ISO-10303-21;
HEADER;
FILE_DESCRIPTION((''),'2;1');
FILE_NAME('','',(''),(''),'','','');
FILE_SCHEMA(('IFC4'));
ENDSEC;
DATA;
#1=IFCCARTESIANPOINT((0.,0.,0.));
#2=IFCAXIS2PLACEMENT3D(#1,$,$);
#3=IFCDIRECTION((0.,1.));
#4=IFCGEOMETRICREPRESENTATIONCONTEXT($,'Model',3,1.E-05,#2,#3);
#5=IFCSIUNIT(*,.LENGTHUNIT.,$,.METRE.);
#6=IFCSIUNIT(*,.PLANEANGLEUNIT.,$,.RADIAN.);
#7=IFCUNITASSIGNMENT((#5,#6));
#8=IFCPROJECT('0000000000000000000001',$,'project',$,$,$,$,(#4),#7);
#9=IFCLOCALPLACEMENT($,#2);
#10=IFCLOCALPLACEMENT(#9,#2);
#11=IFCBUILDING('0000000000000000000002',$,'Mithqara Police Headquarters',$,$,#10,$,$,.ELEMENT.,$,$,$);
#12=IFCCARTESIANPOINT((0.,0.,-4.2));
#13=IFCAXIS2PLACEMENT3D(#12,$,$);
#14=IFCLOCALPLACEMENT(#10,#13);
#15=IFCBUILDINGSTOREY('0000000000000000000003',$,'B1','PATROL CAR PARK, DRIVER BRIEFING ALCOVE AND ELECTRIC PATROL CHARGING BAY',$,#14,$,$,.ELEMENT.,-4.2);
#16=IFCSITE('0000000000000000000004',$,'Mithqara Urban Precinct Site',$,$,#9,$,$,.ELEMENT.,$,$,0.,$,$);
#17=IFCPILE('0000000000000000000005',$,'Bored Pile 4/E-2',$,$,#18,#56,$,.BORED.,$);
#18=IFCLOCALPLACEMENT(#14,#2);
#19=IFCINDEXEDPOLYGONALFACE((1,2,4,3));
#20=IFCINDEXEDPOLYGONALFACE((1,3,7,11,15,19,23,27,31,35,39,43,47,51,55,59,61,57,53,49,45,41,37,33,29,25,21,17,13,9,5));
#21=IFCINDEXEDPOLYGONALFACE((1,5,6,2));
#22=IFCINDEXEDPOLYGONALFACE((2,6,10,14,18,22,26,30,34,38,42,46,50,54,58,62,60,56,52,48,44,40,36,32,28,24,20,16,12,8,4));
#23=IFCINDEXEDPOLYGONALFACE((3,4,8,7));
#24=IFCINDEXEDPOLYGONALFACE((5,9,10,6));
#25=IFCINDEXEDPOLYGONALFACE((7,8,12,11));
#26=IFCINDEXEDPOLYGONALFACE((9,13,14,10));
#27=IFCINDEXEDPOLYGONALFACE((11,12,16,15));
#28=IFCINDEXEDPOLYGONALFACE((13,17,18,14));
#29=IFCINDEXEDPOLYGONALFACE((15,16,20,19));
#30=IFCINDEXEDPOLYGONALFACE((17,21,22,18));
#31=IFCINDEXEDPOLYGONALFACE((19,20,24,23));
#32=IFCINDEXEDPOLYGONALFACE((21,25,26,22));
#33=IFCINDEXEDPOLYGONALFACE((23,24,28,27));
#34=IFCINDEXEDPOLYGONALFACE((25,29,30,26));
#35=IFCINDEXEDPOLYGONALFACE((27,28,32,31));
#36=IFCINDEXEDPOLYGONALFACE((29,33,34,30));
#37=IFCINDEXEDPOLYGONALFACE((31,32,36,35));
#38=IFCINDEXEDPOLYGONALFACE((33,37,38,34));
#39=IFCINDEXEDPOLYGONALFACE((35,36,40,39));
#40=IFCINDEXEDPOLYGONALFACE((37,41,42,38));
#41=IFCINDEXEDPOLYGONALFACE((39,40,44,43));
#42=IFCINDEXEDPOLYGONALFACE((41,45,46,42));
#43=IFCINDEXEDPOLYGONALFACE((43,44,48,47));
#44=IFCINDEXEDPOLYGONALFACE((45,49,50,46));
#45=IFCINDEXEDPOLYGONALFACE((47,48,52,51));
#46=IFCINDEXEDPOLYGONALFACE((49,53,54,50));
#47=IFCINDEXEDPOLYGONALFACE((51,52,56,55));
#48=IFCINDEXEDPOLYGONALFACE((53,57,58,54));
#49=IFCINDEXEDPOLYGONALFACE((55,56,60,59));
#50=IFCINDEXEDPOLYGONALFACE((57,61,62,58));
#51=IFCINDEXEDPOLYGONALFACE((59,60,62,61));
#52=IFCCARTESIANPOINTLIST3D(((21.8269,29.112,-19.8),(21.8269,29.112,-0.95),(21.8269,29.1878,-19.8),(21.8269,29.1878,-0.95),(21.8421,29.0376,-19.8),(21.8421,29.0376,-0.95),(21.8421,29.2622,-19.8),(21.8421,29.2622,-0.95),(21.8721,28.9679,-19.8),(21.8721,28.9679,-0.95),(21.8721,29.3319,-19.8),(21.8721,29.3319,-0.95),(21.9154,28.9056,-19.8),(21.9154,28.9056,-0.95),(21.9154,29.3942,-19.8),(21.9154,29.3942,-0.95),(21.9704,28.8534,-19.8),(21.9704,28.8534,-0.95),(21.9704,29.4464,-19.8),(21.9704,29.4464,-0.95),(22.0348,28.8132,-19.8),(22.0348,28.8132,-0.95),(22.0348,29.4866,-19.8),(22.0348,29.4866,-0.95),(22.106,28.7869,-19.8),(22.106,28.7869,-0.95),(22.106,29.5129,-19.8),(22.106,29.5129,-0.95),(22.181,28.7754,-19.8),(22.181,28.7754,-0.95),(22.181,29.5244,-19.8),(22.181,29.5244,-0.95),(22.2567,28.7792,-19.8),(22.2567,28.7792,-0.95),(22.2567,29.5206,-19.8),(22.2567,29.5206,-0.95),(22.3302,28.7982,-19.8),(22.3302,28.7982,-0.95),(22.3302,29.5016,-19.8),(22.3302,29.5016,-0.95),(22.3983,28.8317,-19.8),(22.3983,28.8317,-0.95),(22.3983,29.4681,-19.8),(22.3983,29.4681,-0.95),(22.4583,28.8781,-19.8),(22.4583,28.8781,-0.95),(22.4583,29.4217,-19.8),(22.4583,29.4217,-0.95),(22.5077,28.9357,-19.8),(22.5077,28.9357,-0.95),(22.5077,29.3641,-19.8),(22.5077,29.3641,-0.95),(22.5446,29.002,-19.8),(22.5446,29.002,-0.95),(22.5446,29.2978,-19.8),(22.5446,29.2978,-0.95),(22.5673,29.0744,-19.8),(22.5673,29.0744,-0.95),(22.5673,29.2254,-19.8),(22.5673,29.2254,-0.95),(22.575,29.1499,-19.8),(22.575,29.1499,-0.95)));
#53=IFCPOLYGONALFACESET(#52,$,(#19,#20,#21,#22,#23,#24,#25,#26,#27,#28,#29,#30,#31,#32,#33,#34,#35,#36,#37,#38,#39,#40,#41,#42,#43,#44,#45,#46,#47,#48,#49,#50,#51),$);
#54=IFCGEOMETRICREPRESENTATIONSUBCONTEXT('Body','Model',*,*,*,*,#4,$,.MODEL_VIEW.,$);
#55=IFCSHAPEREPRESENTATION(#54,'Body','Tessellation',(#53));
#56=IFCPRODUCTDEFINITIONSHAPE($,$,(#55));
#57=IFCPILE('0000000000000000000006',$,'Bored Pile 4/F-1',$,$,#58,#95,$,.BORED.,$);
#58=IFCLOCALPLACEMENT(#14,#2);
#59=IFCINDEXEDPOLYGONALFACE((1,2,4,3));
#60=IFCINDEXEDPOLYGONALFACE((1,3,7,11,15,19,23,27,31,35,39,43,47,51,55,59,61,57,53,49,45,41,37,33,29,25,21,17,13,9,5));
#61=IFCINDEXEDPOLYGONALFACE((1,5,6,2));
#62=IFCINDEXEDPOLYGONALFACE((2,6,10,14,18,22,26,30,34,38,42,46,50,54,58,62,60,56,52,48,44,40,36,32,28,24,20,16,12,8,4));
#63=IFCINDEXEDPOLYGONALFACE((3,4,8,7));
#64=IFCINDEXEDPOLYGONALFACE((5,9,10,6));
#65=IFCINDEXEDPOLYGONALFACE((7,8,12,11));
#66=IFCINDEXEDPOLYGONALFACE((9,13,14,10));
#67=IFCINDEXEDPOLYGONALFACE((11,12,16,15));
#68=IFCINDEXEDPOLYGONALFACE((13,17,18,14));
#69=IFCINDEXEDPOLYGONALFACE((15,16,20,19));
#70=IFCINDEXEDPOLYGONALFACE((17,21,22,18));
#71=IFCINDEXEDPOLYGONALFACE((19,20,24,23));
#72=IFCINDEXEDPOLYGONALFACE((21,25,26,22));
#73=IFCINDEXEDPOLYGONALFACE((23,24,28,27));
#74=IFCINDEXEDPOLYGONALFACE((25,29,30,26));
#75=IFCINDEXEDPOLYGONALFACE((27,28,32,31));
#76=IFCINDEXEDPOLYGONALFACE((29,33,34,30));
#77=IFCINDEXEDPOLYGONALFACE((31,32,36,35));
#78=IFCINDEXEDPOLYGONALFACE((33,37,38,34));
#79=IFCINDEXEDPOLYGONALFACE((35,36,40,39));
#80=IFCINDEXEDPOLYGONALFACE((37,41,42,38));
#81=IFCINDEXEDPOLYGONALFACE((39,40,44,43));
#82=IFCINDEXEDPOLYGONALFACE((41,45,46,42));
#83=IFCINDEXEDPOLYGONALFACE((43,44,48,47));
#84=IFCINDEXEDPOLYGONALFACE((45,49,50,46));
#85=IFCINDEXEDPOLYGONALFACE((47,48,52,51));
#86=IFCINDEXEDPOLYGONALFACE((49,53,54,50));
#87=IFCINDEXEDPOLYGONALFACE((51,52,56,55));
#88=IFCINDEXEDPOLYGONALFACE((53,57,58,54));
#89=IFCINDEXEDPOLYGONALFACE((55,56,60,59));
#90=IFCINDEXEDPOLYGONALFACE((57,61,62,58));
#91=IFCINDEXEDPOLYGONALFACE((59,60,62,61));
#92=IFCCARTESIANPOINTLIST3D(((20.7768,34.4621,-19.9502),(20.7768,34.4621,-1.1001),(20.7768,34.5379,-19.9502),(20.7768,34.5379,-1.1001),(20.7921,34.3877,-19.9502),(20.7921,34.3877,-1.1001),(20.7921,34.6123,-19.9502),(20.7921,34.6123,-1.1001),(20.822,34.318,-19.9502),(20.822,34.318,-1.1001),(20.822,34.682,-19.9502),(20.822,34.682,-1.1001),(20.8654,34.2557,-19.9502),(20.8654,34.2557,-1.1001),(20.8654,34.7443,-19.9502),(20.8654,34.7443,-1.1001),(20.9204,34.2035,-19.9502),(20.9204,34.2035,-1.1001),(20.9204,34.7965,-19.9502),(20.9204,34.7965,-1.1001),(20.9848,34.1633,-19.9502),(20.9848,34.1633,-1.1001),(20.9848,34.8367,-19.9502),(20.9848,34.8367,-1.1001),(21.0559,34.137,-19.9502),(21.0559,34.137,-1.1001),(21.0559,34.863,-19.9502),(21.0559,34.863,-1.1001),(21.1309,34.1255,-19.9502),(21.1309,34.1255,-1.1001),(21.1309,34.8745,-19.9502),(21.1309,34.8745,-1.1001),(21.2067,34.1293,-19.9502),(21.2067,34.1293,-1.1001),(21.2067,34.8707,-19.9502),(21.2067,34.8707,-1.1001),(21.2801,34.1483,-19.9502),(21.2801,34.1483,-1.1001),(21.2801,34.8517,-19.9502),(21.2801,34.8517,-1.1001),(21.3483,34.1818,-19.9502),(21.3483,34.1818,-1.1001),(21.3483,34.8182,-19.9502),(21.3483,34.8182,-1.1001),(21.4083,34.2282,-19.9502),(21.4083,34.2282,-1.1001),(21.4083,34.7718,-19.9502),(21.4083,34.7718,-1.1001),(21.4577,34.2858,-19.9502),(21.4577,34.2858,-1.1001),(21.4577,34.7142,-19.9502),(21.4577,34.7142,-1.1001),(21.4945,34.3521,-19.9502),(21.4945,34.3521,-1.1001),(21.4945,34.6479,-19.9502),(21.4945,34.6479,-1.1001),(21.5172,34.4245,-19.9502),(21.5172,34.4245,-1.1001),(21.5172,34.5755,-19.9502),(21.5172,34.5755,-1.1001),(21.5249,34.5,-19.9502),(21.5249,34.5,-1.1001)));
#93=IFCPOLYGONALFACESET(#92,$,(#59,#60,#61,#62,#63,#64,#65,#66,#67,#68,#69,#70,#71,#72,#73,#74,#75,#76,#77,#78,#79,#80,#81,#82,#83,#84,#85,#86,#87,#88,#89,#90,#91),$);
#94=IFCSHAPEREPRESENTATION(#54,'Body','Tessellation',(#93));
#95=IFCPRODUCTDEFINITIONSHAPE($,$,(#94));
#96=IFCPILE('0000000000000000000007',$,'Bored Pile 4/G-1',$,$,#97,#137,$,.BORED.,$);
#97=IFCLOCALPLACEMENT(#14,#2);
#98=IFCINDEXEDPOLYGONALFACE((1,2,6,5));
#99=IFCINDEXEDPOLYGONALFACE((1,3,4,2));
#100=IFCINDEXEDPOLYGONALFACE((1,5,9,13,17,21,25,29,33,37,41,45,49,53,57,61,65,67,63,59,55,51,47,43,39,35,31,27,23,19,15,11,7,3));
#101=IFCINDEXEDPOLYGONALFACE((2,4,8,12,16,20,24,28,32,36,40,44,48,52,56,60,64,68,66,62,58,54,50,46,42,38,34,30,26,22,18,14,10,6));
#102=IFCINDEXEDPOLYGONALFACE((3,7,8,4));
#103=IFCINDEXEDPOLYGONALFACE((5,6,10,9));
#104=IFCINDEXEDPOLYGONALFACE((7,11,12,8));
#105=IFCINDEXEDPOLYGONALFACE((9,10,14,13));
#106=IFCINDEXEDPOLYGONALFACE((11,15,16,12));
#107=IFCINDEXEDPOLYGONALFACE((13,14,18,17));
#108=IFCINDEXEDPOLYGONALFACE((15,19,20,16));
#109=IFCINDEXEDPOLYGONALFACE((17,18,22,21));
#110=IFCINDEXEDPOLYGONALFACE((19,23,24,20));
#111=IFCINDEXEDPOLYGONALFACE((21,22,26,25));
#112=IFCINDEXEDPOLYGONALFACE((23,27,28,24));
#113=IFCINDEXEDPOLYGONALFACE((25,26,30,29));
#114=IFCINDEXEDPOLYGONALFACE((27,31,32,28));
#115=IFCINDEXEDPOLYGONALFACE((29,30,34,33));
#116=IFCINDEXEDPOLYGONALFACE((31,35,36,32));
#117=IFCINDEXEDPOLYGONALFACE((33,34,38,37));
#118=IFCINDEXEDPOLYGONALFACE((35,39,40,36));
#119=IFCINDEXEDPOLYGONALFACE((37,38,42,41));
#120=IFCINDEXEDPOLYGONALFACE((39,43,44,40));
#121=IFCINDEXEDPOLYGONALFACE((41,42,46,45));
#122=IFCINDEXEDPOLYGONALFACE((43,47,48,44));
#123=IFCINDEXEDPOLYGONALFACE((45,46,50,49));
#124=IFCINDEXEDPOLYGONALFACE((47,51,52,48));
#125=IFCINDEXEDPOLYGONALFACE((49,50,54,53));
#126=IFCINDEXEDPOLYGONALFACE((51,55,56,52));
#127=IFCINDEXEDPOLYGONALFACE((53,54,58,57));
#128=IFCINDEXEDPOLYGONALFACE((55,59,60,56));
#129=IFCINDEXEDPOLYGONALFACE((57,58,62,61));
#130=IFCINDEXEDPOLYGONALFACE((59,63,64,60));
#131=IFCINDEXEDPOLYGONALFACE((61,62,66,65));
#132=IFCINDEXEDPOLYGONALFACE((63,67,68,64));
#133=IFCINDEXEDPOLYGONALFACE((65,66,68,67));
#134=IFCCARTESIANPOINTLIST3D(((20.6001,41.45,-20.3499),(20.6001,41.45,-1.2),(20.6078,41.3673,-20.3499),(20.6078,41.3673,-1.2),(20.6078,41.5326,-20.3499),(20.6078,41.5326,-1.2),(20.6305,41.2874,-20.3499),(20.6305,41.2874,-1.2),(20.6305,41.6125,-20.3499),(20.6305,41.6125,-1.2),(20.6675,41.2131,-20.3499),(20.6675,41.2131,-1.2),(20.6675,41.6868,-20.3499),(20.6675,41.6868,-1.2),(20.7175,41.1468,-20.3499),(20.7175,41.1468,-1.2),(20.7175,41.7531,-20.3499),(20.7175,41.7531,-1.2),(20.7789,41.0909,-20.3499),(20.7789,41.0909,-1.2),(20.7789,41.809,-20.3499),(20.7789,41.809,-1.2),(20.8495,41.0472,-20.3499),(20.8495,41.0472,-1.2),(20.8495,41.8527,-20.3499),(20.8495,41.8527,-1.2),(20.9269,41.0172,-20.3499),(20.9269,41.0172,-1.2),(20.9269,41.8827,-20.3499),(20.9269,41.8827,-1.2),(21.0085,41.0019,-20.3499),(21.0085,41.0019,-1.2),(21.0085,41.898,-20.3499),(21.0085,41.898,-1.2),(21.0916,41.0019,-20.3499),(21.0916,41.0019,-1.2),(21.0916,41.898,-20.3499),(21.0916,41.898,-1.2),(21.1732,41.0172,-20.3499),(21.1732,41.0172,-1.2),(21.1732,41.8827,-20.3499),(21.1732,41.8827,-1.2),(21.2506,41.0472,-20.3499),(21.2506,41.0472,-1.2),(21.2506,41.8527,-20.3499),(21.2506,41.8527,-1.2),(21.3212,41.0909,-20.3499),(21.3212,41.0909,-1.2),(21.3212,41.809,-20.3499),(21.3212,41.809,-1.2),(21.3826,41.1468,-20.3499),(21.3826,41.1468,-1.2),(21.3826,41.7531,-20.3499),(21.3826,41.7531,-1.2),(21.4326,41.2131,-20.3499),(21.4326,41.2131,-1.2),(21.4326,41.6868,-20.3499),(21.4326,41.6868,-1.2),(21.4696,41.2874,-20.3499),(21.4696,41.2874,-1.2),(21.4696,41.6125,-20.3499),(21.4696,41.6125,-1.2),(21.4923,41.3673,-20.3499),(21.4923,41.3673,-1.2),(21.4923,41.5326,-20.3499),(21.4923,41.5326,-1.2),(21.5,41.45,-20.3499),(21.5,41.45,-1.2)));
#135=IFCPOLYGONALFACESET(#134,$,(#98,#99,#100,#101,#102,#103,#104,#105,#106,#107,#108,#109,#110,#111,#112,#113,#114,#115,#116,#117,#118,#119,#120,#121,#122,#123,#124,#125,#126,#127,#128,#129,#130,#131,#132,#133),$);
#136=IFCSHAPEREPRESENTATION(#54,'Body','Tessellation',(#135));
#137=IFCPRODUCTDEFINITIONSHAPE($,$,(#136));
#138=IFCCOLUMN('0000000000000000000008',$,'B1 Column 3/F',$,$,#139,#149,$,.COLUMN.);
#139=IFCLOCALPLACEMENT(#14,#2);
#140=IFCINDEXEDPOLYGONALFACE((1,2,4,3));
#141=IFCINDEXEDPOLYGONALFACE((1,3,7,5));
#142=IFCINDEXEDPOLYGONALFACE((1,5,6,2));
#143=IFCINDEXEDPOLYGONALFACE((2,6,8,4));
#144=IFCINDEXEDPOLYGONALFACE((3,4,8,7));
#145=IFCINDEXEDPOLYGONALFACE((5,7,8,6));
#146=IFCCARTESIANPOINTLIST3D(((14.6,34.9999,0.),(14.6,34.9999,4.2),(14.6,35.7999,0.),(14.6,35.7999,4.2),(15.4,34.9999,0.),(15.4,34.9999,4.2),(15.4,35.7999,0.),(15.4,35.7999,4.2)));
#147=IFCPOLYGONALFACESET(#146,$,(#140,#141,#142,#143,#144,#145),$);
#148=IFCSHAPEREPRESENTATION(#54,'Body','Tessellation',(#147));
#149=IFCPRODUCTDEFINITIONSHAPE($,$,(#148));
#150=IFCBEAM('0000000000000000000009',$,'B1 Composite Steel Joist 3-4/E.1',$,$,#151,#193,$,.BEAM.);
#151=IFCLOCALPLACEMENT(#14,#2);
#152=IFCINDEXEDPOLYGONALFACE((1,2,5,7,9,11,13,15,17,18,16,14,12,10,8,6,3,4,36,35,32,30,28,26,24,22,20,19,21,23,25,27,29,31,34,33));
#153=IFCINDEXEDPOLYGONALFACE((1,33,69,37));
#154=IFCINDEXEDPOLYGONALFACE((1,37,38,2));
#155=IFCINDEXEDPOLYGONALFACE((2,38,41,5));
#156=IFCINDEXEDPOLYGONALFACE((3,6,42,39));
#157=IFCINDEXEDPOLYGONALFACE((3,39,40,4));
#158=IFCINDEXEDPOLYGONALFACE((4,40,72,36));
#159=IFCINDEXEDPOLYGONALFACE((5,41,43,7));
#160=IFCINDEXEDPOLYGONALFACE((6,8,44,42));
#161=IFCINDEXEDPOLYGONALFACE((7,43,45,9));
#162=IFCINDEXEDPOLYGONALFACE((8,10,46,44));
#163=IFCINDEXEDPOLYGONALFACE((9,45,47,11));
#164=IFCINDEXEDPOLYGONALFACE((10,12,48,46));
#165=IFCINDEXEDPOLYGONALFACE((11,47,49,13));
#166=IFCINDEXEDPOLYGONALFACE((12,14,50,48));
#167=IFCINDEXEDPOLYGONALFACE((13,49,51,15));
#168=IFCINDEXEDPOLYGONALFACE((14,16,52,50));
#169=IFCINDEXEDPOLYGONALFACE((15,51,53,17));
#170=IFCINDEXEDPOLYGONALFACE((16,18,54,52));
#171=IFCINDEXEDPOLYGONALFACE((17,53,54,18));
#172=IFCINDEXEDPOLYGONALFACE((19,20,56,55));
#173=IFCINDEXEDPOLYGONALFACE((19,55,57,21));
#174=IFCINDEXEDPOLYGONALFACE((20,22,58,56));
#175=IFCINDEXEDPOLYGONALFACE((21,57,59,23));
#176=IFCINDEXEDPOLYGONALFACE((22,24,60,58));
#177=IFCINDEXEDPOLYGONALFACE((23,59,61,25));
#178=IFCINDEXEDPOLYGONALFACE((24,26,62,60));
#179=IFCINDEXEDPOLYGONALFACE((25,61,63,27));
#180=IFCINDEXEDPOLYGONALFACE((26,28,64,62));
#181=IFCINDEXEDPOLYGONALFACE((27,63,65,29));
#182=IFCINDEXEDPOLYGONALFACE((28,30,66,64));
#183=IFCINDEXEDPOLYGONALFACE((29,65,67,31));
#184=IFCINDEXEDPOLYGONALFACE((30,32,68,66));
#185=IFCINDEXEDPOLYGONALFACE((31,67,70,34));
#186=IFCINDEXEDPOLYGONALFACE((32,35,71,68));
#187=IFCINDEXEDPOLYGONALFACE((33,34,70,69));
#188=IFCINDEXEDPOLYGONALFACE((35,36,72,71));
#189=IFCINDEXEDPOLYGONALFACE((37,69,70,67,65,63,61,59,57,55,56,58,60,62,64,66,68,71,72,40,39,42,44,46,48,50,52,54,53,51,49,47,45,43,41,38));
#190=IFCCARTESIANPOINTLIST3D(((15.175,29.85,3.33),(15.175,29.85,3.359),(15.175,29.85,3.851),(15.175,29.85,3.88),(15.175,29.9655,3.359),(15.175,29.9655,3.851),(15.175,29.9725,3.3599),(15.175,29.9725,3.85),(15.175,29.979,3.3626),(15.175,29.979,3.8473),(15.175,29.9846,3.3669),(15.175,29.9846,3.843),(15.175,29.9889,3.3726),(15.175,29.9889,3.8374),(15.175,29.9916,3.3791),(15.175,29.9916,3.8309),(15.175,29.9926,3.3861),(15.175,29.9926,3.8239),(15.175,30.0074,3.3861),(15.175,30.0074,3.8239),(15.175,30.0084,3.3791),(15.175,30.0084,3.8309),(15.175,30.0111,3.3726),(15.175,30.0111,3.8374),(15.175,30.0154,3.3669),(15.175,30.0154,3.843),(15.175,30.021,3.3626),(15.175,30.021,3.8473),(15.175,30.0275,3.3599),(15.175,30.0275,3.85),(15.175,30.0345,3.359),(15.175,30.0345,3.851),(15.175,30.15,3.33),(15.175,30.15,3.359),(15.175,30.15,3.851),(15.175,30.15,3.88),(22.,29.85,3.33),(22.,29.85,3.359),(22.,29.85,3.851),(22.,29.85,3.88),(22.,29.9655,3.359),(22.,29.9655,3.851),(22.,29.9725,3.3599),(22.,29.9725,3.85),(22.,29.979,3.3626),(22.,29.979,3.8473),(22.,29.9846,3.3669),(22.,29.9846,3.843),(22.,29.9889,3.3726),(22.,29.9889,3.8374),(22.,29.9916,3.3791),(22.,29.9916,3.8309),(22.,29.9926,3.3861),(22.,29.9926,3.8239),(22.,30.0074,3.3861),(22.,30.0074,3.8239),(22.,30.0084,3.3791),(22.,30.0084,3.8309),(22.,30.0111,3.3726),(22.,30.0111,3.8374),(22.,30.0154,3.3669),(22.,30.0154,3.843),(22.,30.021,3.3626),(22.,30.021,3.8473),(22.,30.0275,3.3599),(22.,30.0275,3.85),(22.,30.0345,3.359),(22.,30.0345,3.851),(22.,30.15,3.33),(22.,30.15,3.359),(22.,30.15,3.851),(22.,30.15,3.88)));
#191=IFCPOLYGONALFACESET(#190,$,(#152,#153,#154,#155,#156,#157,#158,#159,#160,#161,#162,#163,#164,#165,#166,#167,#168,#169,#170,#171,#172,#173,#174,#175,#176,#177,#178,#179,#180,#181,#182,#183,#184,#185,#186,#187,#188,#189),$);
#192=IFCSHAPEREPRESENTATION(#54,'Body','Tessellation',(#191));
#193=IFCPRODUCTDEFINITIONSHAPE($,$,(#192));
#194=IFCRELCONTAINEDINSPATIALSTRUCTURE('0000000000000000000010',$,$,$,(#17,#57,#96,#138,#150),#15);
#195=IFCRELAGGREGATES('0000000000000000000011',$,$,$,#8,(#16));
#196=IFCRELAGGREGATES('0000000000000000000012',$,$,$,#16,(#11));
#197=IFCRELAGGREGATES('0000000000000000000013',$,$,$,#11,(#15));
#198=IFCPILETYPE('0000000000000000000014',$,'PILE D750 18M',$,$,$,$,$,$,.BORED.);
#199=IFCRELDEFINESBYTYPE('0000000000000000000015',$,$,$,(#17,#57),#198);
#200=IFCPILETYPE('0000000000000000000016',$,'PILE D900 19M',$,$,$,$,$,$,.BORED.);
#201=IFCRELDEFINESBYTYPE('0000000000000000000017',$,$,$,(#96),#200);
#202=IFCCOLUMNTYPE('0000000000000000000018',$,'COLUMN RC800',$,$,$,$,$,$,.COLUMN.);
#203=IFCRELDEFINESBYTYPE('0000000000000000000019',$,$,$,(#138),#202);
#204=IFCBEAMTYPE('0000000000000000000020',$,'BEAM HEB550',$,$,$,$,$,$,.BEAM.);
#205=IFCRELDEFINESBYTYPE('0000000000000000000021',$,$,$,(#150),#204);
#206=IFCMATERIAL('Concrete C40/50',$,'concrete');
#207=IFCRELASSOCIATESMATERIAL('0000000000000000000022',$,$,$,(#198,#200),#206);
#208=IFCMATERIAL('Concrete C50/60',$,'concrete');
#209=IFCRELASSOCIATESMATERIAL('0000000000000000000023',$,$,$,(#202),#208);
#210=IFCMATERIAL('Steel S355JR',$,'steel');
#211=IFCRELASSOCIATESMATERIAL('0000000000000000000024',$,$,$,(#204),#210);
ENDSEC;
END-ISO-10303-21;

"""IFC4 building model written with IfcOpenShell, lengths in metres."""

from ifc_helpers import new_model, si_unit, direction, frame, origin, origin_2d, place, context, subcontext, project, spatial, rectangle, circle, i_section, extrude, material, material_profile, profile_set, type_object, element, save


model = new_model("IFC4")

# Units and contexts
model_context = context("Model", 3, precision=1e-05, world=origin(), true_north=direction((0.0, 1.0)))
body_context = subcontext(model_context, "Body", "Model", "MODEL_VIEW")
ifc_project = project(units=[si_unit("LENGTHUNIT", "METRE"), si_unit("PLANEANGLEUNIT", "RADIAN")], contexts=[model_context])

# Site, building, storey
site_placement = place(None, origin())
site = spatial("IfcSite", under=ifc_project, at=site_placement, Name="Mithqara Urban Precinct Site", CompositionType="ELEMENT", RefElevation=0.0)
building_placement = place(site_placement, origin())
building = spatial("IfcBuilding", under=site, at=building_placement, Name="Mithqara Police Headquarters", CompositionType="ELEMENT")
storey_placement = place(building_placement, frame((0.0, 0.0, -4.2)))
storey = spatial("IfcBuildingStorey", under=building, at=storey_placement, Name="B1", Description="PATROL CAR PARK, DRIVER BRIEFING ALCOVE AND ELECTRIC PATROL CHARGING BAY", CompositionType="ELEMENT", Elevation=-4.2)

# Shared definitions
ifc_material_1 = material(Name="Concrete C40/50", Category="concrete")

# Piles
ifc_material_profile_1 = material_profile(ifc_material_1, circle(Radius=0.375, at=origin_2d()), Name="PILE D750")
ifc_profile_set_1 = profile_set([ifc_material_profile_1], Name="Concrete C40/50")
pile_type_1 = type_object("IfcPileType", Name="PILE D750 18M", PredefinedType="BORED", material=ifc_profile_set_1)
for number, where, z_axis, x_axis, name in (
    (1, (22.2, 29.1499, -0.95), (0.0, 0.0, -1.0), (1.0, 0.0, 0.0), "Bored Pile 4/E-2"),
    (2, (21.1499, 34.5, -1.1001), (0.0, 0.0, -1.0), (1.0, 0.0, 0.0), "Bored Pile 4/F-1"),
):
    element("IfcPile", number, at=place(storey_placement, frame(where, z_axis=z_axis, x_axis=x_axis)), inside=storey, type_object=pile_type_1, Name=name, PredefinedType="BORED", context=body_context, shape_type="SweptSolid", body=[
        extrude(circle(Radius=0.375, at=origin_2d()), origin(), (0.0, 0.0, 1.0), 18.8501),
    ])
ifc_material_profile_2 = material_profile(ifc_material_1, circle(Radius=0.45, at=origin_2d()), Name="PILE D900")
ifc_profile_set_2 = profile_set([ifc_material_profile_2], Name="Concrete C40/50")
pile_type_2 = type_object("IfcPileType", Name="PILE D900 19M", PredefinedType="BORED", material=ifc_profile_set_2)
pile_placement = place(storey_placement, frame((21.05, 41.45, -1.2), z_axis=(0.0, 0.0, -1.0), x_axis=(1.0, 0.0, 0.0)))
element("IfcPile", 3, at=pile_placement, inside=storey, type_object=pile_type_2, Name="Bored Pile 4/G-1", PredefinedType="BORED", context=body_context, shape_type="SweptSolid", body=[
    extrude(circle(Radius=0.45, at=origin_2d()), origin(), (0.0, 0.0, 1.0), 19.1499),
])

# Column
ifc_material_2 = material(Name="Concrete C50/60", Category="concrete")
ifc_material_profile_3 = material_profile(ifc_material_2, rectangle(XDim=0.8, YDim=0.8, at=origin_2d()), Name="RC 800x800")
ifc_profile_set_3 = profile_set([ifc_material_profile_3], Name="Concrete C50/60")
column_type = type_object("IfcColumnType", Name="COLUMN RC800", PredefinedType="COLUMN", material=ifc_profile_set_3)
column_placement = place(storey_placement, frame((15.0, 35.3999, 0.0), z_axis=(0.0, 0.0, 1.0), x_axis=(1.0, 0.0, 0.0)))
element("IfcColumn", 4, at=column_placement, inside=storey, type_object=column_type, Name="B1 Column 3/F", PredefinedType="COLUMN", context=body_context, shape_type="SweptSolid", body=[
    extrude(rectangle(XDim=0.8, YDim=0.8, at=origin_2d()), origin(), (0.0, 0.0, 1.0), 4.2),
])

# Beam
ifc_material_3 = material(Name="Steel S355JR", Category="steel")
ifc_material_profile_4 = material_profile(ifc_material_3, i_section(OverallWidth=0.3, OverallDepth=0.55, WebThickness=0.0149, FlangeThickness=0.0291, FilletRadius=0.0271, at=origin_2d()), Name="HEB 550")
ifc_profile_set_4 = profile_set([ifc_material_profile_4], Name="Steel S355JR")
beam_type_1 = type_object("IfcBeamType", Name="BEAM HEB550", PredefinedType="BEAM", material=ifc_profile_set_4)
for number, where, z_axis, x_axis, name in (
    (5, (15.175, 30.0, 3.605), (1.0, 0.0, 0.0), (0.0, 1.0, 0.0), "B1 Composite Steel Joist 3-4/E.1"),
):
    element("IfcBeam", number, at=place(storey_placement, frame(where, z_axis=z_axis, x_axis=x_axis)), inside=storey, type_object=beam_type_1, Name=name, PredefinedType="BEAM", context=body_context, shape_type="SweptSolid", body=[
        extrude(i_section(OverallWidth=0.3, OverallDepth=0.55, WebThickness=0.0149, FlangeThickness=0.0291, FilletRadius=0.0271, at=origin_2d()), origin(), (0.0, 0.0, 1.0), 6.825),
    ])

save(model, "model.ifc")
